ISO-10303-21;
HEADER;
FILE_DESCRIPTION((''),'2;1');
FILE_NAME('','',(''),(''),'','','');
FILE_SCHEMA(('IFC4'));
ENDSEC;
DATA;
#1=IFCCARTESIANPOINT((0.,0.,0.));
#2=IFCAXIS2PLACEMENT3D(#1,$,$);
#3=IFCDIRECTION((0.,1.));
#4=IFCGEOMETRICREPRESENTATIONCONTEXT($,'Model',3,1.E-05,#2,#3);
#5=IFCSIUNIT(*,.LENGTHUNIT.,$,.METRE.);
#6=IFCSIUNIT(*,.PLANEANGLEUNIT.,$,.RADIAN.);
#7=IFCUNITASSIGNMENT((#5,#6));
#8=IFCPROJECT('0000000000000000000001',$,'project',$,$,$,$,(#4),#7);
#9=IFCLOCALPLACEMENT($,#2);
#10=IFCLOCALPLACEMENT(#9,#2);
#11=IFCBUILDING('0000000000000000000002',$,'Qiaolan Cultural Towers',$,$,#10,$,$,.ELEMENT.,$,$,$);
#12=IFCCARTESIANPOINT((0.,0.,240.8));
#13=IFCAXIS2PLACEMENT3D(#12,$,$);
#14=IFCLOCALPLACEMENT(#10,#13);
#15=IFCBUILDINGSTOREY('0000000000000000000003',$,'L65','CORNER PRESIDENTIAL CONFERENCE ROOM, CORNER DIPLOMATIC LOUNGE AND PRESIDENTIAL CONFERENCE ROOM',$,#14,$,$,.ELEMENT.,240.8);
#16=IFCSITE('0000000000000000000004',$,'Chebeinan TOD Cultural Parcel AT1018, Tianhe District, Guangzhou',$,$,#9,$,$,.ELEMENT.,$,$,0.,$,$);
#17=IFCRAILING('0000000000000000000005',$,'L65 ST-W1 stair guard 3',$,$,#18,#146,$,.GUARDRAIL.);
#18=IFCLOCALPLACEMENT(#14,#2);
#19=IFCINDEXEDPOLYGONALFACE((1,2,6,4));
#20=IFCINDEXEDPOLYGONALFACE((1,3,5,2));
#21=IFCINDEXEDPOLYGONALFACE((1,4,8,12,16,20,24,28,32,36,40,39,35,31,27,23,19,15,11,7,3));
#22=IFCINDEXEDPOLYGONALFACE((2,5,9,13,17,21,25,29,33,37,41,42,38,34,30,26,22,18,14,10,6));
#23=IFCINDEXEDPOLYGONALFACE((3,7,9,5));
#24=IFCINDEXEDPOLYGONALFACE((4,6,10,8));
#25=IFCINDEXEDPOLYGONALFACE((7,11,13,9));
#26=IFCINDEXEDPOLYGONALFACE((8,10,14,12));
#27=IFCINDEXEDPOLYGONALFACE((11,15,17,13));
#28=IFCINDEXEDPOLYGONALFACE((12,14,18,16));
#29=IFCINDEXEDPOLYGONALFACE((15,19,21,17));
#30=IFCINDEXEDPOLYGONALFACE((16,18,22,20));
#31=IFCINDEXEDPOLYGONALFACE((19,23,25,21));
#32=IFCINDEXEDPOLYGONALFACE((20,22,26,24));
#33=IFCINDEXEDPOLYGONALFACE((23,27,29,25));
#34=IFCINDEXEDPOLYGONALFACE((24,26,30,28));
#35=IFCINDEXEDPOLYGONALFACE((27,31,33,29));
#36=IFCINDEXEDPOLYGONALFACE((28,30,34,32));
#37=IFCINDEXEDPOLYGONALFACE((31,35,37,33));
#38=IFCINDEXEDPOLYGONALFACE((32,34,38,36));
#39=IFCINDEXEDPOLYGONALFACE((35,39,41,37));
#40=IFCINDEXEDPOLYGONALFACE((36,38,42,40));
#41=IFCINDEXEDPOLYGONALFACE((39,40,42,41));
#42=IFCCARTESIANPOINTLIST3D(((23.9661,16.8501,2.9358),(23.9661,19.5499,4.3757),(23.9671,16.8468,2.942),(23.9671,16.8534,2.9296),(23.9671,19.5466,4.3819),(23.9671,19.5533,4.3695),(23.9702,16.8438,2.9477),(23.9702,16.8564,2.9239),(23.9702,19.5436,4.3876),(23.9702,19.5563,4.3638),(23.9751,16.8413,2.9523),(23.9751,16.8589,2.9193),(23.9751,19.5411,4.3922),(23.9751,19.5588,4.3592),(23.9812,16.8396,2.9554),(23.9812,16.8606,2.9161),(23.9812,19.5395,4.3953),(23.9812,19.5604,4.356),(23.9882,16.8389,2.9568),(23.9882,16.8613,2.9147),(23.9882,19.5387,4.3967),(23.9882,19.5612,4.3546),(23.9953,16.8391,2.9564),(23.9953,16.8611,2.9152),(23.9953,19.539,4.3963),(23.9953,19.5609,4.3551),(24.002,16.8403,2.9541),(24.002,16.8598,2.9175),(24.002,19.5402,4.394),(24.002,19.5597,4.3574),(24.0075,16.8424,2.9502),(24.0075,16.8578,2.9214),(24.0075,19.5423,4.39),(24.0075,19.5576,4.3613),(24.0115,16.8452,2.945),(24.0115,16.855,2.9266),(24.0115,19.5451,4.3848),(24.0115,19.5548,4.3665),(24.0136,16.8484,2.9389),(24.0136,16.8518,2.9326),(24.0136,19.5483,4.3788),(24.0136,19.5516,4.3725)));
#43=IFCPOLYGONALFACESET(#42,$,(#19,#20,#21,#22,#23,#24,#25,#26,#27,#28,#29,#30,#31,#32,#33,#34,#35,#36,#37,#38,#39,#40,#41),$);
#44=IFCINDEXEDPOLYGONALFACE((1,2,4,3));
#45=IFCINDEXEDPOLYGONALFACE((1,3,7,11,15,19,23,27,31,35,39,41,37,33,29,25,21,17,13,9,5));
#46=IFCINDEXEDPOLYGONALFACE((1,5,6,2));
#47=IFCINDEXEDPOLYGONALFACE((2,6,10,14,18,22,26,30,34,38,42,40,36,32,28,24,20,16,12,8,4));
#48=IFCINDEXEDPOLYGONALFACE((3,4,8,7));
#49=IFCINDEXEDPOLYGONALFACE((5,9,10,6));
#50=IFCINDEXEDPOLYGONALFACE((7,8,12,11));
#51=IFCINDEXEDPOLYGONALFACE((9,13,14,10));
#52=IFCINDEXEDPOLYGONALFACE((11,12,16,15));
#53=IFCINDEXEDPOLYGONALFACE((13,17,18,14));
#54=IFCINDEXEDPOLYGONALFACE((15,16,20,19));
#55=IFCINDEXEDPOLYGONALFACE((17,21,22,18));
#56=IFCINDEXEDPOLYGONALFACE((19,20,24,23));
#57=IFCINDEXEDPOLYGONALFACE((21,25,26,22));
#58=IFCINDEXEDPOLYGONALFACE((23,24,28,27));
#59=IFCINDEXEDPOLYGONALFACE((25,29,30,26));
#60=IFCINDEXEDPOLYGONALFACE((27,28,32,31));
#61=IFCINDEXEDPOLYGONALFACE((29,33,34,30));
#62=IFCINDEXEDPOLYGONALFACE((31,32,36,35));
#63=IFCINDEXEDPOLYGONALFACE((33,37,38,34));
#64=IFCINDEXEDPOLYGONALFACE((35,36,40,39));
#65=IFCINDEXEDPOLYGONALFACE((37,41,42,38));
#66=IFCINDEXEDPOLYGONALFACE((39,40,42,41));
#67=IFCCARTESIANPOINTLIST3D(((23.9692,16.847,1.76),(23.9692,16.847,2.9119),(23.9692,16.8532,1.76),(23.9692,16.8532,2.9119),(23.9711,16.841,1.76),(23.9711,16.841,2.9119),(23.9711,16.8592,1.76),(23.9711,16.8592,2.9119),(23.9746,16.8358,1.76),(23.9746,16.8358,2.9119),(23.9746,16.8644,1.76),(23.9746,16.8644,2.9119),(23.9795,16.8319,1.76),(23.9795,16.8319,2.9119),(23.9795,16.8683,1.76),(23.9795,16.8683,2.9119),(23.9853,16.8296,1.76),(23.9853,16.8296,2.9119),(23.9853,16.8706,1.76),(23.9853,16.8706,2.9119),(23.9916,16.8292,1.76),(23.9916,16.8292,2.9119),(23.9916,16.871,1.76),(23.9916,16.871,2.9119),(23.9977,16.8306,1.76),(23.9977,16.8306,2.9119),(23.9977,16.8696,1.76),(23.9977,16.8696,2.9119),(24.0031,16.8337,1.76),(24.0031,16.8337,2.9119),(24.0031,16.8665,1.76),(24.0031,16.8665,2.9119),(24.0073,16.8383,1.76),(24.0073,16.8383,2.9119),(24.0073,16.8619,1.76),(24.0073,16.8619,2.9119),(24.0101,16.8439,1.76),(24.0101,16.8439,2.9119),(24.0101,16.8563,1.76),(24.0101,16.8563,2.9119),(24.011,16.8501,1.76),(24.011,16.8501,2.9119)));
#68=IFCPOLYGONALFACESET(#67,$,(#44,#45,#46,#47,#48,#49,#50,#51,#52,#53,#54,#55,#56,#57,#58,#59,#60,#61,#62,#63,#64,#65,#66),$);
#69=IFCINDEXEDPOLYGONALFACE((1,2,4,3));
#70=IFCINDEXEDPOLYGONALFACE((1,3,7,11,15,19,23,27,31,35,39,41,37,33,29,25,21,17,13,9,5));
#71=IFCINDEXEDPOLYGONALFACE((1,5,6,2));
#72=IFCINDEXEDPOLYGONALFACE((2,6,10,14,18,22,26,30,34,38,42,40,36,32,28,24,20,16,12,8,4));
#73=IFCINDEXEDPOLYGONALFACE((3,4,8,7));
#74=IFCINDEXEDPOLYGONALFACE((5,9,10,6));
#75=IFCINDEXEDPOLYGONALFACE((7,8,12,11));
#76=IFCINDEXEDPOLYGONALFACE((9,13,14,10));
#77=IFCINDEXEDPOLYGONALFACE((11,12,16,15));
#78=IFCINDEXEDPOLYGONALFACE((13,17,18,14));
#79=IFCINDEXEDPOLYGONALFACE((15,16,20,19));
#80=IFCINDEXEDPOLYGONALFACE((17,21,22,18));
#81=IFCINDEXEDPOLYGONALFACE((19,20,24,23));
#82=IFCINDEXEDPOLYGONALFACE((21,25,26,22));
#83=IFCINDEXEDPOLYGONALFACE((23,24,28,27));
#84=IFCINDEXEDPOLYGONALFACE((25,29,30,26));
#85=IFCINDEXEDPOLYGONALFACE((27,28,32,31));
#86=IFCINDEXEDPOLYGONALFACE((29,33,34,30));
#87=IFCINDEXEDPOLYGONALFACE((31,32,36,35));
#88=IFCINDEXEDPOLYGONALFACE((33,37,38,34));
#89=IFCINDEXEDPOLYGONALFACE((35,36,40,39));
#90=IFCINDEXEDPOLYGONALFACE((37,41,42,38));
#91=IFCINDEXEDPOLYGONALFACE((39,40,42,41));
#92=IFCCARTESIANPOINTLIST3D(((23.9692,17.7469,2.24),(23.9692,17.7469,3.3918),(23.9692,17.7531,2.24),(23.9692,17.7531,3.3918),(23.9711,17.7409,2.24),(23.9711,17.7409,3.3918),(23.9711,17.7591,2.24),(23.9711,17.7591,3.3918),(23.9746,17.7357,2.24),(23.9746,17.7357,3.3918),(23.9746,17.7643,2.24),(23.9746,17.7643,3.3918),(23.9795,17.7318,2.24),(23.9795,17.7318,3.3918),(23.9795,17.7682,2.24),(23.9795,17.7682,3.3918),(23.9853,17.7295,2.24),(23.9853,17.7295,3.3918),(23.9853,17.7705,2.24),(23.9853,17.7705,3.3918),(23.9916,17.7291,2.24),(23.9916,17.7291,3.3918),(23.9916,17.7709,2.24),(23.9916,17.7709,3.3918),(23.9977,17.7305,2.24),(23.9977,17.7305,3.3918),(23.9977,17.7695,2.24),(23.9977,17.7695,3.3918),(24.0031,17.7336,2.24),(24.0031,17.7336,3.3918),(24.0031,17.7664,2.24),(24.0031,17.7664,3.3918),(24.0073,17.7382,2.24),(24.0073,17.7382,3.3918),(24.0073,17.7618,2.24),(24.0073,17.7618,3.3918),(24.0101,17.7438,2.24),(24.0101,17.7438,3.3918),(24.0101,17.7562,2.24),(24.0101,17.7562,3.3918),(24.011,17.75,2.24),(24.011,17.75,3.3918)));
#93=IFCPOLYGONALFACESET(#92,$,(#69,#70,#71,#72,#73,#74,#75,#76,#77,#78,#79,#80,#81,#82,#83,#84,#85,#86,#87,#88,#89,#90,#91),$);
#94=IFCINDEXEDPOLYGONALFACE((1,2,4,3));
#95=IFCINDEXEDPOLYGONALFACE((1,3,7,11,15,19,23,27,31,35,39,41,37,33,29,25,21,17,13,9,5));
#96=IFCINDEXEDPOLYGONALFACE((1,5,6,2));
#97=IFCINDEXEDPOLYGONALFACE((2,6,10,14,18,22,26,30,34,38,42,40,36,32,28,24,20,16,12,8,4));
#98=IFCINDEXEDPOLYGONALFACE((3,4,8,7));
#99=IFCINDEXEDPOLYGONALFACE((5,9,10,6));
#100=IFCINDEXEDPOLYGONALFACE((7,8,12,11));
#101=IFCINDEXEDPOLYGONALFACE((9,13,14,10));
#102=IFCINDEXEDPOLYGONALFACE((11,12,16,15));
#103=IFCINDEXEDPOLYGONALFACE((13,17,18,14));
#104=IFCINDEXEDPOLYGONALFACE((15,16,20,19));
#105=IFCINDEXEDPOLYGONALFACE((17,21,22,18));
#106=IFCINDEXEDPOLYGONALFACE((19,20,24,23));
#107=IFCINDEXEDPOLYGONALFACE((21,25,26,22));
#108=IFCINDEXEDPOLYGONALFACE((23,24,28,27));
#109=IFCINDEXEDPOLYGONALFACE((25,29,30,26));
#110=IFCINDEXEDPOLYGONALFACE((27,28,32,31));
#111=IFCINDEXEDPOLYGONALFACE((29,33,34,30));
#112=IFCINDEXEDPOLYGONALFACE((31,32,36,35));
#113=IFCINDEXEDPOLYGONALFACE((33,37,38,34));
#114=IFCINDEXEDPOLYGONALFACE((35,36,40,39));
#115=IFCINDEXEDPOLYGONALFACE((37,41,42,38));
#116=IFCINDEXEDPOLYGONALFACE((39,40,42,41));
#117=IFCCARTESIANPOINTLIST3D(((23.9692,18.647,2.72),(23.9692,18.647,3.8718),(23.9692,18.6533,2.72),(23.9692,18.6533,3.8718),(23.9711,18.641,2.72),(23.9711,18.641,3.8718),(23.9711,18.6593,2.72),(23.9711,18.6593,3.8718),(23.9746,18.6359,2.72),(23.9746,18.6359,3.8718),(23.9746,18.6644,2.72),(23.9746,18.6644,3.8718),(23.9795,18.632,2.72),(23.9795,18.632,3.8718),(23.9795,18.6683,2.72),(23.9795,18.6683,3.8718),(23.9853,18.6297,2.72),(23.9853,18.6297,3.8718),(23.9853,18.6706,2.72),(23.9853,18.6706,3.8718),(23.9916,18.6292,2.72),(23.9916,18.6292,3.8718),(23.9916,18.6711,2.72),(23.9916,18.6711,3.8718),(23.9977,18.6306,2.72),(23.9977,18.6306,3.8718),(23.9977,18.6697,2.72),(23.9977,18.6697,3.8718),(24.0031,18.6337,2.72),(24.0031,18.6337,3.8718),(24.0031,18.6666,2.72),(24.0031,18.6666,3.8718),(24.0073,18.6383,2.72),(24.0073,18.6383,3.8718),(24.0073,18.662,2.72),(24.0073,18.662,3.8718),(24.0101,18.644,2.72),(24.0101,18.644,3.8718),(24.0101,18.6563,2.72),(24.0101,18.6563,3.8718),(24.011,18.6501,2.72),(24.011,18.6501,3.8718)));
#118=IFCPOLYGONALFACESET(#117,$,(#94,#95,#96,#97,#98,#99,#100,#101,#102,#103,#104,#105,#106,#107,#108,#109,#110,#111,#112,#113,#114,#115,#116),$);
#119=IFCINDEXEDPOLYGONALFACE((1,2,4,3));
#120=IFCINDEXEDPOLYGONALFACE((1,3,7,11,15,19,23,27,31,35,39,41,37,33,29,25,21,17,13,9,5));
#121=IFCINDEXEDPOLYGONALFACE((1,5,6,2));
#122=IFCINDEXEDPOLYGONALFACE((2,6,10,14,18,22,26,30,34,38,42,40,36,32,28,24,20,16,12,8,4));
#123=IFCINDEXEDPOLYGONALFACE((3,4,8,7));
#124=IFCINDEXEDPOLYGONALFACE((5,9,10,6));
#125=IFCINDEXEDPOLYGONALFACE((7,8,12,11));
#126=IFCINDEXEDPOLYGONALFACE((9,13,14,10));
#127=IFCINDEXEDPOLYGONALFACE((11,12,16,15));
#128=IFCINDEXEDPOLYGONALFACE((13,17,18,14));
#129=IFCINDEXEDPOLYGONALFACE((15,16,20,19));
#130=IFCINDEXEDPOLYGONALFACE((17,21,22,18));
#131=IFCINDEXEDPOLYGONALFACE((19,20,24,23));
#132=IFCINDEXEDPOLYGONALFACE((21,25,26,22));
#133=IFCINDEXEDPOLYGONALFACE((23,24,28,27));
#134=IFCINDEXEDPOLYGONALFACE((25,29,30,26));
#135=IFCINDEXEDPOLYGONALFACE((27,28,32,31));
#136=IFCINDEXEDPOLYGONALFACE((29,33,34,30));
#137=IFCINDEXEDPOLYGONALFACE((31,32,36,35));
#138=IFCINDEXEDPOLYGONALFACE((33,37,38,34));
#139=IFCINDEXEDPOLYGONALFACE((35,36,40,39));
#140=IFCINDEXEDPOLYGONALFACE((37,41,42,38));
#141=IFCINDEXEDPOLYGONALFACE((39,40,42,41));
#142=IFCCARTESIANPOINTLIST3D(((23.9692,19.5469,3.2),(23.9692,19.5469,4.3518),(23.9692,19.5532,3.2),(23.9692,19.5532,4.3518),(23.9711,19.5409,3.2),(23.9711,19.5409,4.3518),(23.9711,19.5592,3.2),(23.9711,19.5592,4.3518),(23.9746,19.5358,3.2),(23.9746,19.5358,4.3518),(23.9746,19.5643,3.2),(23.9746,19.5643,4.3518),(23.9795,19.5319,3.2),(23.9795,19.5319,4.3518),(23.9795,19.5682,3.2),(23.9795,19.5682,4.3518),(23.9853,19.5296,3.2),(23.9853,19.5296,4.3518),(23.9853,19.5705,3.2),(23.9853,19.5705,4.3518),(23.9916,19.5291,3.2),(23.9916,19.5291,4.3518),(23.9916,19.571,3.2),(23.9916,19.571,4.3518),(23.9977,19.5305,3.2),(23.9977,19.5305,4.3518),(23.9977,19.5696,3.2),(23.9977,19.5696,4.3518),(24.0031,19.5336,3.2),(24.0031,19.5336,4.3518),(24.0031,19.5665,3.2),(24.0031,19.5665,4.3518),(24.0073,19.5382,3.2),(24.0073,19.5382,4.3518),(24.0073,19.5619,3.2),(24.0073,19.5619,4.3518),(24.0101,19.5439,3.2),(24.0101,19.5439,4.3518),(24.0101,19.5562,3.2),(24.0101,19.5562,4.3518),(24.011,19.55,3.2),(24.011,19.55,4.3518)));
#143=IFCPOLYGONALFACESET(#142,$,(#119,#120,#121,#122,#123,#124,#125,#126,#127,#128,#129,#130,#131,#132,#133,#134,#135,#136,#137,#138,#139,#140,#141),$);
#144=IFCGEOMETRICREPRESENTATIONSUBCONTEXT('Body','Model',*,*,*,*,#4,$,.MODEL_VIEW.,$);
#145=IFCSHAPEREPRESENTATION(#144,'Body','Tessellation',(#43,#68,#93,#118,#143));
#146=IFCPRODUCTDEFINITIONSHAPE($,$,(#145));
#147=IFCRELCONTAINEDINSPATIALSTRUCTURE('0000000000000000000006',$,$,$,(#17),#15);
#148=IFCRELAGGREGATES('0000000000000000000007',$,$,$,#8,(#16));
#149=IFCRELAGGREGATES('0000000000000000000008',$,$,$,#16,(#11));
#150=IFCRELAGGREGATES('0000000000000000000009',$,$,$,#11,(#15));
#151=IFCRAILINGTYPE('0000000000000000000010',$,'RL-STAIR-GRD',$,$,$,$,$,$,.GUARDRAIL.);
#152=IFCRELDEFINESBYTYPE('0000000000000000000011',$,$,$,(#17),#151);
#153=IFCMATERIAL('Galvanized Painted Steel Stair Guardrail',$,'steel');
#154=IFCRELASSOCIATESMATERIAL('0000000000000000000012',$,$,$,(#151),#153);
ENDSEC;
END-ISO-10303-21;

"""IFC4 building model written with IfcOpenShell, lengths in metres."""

from ifc_helpers import new_model, si_unit, direction, frame, origin, origin_2d, place, context, subcontext, project, spatial, circle, extrude, material, type_object, element, save


model = new_model("IFC4")

# Units and contexts
model_context = context("Model", 3, precision=1e-05, world=origin(), true_north=direction((0.0, 1.0)))
body_context = subcontext(model_context, "Body", "Model", "MODEL_VIEW")
ifc_project = project(units=[si_unit("LENGTHUNIT", "METRE"), si_unit("PLANEANGLEUNIT", "RADIAN")], contexts=[model_context])

# Site, building, storey
site_placement = place(None, origin())
site = spatial("IfcSite", under=ifc_project, at=site_placement, Name="Chebeinan TOD Cultural Parcel AT1018, Tianhe District, Guangzhou", CompositionType="ELEMENT", RefElevation=0.0)
building_placement = place(site_placement, origin())
building = spatial("IfcBuilding", under=site, at=building_placement, Name="Qiaolan Cultural Towers", CompositionType="ELEMENT")
storey_placement = place(building_placement, frame((0.0, 0.0, 240.8)))
storey = spatial("IfcBuildingStorey", under=building, at=storey_placement, Name="L65", Description="CORNER PRESIDENTIAL CONFERENCE ROOM, CORNER DIPLOMATIC LOUNGE AND PRESIDENTIAL CONFERENCE ROOM", CompositionType="ELEMENT", Elevation=240.8)

# Railing
ifc_material_1 = material(Name="Galvanized Painted Steel Stair Guardrail", Category="steel")
railing_type_1 = type_object("IfcRailingType", Name="RL-STAIR-GRD", PredefinedType="GUARDRAIL", material=ifc_material_1)
railing_1_placement = place(storey_placement, frame((23.99, 16.8501, 1.76)))
element("IfcRailing", 1, at=railing_1_placement, inside=storey, type_object=railing_type_1, Name="L65 ST-W1 stair guard 3", PredefinedType="GUARDRAIL", context=body_context, shape_type="SweptSolid", body=[
    extrude(circle(Radius=0.0239, at=origin_2d()), frame((0.0, 0.0, 1.1758), z_axis=(0.0, 0.882357, 0.47058), x_axis=(-1.0, 0.0, 0.0)), (0.0, 0.0, 1.0), 3.0598),
    extrude(circle(Radius=0.021, at=origin_2d()), origin(), (0.0, 0.0, 1.0), 1.1519),
    extrude(circle(Radius=0.021, at=origin_2d()), frame((0.0, 0.8999, 0.48)), (0.0, 0.0, 1.0), 1.1519),
    extrude(circle(Radius=0.021, at=origin_2d()), frame((0.0, 1.8, 0.96)), (0.0, 0.0, 1.0), 1.1519),
    extrude(circle(Radius=0.021, at=origin_2d()), frame((0.0, 2.7, 1.4399)), (0.0, 0.0, 1.0), 1.1519),
])

save(model, "model.ifc")
